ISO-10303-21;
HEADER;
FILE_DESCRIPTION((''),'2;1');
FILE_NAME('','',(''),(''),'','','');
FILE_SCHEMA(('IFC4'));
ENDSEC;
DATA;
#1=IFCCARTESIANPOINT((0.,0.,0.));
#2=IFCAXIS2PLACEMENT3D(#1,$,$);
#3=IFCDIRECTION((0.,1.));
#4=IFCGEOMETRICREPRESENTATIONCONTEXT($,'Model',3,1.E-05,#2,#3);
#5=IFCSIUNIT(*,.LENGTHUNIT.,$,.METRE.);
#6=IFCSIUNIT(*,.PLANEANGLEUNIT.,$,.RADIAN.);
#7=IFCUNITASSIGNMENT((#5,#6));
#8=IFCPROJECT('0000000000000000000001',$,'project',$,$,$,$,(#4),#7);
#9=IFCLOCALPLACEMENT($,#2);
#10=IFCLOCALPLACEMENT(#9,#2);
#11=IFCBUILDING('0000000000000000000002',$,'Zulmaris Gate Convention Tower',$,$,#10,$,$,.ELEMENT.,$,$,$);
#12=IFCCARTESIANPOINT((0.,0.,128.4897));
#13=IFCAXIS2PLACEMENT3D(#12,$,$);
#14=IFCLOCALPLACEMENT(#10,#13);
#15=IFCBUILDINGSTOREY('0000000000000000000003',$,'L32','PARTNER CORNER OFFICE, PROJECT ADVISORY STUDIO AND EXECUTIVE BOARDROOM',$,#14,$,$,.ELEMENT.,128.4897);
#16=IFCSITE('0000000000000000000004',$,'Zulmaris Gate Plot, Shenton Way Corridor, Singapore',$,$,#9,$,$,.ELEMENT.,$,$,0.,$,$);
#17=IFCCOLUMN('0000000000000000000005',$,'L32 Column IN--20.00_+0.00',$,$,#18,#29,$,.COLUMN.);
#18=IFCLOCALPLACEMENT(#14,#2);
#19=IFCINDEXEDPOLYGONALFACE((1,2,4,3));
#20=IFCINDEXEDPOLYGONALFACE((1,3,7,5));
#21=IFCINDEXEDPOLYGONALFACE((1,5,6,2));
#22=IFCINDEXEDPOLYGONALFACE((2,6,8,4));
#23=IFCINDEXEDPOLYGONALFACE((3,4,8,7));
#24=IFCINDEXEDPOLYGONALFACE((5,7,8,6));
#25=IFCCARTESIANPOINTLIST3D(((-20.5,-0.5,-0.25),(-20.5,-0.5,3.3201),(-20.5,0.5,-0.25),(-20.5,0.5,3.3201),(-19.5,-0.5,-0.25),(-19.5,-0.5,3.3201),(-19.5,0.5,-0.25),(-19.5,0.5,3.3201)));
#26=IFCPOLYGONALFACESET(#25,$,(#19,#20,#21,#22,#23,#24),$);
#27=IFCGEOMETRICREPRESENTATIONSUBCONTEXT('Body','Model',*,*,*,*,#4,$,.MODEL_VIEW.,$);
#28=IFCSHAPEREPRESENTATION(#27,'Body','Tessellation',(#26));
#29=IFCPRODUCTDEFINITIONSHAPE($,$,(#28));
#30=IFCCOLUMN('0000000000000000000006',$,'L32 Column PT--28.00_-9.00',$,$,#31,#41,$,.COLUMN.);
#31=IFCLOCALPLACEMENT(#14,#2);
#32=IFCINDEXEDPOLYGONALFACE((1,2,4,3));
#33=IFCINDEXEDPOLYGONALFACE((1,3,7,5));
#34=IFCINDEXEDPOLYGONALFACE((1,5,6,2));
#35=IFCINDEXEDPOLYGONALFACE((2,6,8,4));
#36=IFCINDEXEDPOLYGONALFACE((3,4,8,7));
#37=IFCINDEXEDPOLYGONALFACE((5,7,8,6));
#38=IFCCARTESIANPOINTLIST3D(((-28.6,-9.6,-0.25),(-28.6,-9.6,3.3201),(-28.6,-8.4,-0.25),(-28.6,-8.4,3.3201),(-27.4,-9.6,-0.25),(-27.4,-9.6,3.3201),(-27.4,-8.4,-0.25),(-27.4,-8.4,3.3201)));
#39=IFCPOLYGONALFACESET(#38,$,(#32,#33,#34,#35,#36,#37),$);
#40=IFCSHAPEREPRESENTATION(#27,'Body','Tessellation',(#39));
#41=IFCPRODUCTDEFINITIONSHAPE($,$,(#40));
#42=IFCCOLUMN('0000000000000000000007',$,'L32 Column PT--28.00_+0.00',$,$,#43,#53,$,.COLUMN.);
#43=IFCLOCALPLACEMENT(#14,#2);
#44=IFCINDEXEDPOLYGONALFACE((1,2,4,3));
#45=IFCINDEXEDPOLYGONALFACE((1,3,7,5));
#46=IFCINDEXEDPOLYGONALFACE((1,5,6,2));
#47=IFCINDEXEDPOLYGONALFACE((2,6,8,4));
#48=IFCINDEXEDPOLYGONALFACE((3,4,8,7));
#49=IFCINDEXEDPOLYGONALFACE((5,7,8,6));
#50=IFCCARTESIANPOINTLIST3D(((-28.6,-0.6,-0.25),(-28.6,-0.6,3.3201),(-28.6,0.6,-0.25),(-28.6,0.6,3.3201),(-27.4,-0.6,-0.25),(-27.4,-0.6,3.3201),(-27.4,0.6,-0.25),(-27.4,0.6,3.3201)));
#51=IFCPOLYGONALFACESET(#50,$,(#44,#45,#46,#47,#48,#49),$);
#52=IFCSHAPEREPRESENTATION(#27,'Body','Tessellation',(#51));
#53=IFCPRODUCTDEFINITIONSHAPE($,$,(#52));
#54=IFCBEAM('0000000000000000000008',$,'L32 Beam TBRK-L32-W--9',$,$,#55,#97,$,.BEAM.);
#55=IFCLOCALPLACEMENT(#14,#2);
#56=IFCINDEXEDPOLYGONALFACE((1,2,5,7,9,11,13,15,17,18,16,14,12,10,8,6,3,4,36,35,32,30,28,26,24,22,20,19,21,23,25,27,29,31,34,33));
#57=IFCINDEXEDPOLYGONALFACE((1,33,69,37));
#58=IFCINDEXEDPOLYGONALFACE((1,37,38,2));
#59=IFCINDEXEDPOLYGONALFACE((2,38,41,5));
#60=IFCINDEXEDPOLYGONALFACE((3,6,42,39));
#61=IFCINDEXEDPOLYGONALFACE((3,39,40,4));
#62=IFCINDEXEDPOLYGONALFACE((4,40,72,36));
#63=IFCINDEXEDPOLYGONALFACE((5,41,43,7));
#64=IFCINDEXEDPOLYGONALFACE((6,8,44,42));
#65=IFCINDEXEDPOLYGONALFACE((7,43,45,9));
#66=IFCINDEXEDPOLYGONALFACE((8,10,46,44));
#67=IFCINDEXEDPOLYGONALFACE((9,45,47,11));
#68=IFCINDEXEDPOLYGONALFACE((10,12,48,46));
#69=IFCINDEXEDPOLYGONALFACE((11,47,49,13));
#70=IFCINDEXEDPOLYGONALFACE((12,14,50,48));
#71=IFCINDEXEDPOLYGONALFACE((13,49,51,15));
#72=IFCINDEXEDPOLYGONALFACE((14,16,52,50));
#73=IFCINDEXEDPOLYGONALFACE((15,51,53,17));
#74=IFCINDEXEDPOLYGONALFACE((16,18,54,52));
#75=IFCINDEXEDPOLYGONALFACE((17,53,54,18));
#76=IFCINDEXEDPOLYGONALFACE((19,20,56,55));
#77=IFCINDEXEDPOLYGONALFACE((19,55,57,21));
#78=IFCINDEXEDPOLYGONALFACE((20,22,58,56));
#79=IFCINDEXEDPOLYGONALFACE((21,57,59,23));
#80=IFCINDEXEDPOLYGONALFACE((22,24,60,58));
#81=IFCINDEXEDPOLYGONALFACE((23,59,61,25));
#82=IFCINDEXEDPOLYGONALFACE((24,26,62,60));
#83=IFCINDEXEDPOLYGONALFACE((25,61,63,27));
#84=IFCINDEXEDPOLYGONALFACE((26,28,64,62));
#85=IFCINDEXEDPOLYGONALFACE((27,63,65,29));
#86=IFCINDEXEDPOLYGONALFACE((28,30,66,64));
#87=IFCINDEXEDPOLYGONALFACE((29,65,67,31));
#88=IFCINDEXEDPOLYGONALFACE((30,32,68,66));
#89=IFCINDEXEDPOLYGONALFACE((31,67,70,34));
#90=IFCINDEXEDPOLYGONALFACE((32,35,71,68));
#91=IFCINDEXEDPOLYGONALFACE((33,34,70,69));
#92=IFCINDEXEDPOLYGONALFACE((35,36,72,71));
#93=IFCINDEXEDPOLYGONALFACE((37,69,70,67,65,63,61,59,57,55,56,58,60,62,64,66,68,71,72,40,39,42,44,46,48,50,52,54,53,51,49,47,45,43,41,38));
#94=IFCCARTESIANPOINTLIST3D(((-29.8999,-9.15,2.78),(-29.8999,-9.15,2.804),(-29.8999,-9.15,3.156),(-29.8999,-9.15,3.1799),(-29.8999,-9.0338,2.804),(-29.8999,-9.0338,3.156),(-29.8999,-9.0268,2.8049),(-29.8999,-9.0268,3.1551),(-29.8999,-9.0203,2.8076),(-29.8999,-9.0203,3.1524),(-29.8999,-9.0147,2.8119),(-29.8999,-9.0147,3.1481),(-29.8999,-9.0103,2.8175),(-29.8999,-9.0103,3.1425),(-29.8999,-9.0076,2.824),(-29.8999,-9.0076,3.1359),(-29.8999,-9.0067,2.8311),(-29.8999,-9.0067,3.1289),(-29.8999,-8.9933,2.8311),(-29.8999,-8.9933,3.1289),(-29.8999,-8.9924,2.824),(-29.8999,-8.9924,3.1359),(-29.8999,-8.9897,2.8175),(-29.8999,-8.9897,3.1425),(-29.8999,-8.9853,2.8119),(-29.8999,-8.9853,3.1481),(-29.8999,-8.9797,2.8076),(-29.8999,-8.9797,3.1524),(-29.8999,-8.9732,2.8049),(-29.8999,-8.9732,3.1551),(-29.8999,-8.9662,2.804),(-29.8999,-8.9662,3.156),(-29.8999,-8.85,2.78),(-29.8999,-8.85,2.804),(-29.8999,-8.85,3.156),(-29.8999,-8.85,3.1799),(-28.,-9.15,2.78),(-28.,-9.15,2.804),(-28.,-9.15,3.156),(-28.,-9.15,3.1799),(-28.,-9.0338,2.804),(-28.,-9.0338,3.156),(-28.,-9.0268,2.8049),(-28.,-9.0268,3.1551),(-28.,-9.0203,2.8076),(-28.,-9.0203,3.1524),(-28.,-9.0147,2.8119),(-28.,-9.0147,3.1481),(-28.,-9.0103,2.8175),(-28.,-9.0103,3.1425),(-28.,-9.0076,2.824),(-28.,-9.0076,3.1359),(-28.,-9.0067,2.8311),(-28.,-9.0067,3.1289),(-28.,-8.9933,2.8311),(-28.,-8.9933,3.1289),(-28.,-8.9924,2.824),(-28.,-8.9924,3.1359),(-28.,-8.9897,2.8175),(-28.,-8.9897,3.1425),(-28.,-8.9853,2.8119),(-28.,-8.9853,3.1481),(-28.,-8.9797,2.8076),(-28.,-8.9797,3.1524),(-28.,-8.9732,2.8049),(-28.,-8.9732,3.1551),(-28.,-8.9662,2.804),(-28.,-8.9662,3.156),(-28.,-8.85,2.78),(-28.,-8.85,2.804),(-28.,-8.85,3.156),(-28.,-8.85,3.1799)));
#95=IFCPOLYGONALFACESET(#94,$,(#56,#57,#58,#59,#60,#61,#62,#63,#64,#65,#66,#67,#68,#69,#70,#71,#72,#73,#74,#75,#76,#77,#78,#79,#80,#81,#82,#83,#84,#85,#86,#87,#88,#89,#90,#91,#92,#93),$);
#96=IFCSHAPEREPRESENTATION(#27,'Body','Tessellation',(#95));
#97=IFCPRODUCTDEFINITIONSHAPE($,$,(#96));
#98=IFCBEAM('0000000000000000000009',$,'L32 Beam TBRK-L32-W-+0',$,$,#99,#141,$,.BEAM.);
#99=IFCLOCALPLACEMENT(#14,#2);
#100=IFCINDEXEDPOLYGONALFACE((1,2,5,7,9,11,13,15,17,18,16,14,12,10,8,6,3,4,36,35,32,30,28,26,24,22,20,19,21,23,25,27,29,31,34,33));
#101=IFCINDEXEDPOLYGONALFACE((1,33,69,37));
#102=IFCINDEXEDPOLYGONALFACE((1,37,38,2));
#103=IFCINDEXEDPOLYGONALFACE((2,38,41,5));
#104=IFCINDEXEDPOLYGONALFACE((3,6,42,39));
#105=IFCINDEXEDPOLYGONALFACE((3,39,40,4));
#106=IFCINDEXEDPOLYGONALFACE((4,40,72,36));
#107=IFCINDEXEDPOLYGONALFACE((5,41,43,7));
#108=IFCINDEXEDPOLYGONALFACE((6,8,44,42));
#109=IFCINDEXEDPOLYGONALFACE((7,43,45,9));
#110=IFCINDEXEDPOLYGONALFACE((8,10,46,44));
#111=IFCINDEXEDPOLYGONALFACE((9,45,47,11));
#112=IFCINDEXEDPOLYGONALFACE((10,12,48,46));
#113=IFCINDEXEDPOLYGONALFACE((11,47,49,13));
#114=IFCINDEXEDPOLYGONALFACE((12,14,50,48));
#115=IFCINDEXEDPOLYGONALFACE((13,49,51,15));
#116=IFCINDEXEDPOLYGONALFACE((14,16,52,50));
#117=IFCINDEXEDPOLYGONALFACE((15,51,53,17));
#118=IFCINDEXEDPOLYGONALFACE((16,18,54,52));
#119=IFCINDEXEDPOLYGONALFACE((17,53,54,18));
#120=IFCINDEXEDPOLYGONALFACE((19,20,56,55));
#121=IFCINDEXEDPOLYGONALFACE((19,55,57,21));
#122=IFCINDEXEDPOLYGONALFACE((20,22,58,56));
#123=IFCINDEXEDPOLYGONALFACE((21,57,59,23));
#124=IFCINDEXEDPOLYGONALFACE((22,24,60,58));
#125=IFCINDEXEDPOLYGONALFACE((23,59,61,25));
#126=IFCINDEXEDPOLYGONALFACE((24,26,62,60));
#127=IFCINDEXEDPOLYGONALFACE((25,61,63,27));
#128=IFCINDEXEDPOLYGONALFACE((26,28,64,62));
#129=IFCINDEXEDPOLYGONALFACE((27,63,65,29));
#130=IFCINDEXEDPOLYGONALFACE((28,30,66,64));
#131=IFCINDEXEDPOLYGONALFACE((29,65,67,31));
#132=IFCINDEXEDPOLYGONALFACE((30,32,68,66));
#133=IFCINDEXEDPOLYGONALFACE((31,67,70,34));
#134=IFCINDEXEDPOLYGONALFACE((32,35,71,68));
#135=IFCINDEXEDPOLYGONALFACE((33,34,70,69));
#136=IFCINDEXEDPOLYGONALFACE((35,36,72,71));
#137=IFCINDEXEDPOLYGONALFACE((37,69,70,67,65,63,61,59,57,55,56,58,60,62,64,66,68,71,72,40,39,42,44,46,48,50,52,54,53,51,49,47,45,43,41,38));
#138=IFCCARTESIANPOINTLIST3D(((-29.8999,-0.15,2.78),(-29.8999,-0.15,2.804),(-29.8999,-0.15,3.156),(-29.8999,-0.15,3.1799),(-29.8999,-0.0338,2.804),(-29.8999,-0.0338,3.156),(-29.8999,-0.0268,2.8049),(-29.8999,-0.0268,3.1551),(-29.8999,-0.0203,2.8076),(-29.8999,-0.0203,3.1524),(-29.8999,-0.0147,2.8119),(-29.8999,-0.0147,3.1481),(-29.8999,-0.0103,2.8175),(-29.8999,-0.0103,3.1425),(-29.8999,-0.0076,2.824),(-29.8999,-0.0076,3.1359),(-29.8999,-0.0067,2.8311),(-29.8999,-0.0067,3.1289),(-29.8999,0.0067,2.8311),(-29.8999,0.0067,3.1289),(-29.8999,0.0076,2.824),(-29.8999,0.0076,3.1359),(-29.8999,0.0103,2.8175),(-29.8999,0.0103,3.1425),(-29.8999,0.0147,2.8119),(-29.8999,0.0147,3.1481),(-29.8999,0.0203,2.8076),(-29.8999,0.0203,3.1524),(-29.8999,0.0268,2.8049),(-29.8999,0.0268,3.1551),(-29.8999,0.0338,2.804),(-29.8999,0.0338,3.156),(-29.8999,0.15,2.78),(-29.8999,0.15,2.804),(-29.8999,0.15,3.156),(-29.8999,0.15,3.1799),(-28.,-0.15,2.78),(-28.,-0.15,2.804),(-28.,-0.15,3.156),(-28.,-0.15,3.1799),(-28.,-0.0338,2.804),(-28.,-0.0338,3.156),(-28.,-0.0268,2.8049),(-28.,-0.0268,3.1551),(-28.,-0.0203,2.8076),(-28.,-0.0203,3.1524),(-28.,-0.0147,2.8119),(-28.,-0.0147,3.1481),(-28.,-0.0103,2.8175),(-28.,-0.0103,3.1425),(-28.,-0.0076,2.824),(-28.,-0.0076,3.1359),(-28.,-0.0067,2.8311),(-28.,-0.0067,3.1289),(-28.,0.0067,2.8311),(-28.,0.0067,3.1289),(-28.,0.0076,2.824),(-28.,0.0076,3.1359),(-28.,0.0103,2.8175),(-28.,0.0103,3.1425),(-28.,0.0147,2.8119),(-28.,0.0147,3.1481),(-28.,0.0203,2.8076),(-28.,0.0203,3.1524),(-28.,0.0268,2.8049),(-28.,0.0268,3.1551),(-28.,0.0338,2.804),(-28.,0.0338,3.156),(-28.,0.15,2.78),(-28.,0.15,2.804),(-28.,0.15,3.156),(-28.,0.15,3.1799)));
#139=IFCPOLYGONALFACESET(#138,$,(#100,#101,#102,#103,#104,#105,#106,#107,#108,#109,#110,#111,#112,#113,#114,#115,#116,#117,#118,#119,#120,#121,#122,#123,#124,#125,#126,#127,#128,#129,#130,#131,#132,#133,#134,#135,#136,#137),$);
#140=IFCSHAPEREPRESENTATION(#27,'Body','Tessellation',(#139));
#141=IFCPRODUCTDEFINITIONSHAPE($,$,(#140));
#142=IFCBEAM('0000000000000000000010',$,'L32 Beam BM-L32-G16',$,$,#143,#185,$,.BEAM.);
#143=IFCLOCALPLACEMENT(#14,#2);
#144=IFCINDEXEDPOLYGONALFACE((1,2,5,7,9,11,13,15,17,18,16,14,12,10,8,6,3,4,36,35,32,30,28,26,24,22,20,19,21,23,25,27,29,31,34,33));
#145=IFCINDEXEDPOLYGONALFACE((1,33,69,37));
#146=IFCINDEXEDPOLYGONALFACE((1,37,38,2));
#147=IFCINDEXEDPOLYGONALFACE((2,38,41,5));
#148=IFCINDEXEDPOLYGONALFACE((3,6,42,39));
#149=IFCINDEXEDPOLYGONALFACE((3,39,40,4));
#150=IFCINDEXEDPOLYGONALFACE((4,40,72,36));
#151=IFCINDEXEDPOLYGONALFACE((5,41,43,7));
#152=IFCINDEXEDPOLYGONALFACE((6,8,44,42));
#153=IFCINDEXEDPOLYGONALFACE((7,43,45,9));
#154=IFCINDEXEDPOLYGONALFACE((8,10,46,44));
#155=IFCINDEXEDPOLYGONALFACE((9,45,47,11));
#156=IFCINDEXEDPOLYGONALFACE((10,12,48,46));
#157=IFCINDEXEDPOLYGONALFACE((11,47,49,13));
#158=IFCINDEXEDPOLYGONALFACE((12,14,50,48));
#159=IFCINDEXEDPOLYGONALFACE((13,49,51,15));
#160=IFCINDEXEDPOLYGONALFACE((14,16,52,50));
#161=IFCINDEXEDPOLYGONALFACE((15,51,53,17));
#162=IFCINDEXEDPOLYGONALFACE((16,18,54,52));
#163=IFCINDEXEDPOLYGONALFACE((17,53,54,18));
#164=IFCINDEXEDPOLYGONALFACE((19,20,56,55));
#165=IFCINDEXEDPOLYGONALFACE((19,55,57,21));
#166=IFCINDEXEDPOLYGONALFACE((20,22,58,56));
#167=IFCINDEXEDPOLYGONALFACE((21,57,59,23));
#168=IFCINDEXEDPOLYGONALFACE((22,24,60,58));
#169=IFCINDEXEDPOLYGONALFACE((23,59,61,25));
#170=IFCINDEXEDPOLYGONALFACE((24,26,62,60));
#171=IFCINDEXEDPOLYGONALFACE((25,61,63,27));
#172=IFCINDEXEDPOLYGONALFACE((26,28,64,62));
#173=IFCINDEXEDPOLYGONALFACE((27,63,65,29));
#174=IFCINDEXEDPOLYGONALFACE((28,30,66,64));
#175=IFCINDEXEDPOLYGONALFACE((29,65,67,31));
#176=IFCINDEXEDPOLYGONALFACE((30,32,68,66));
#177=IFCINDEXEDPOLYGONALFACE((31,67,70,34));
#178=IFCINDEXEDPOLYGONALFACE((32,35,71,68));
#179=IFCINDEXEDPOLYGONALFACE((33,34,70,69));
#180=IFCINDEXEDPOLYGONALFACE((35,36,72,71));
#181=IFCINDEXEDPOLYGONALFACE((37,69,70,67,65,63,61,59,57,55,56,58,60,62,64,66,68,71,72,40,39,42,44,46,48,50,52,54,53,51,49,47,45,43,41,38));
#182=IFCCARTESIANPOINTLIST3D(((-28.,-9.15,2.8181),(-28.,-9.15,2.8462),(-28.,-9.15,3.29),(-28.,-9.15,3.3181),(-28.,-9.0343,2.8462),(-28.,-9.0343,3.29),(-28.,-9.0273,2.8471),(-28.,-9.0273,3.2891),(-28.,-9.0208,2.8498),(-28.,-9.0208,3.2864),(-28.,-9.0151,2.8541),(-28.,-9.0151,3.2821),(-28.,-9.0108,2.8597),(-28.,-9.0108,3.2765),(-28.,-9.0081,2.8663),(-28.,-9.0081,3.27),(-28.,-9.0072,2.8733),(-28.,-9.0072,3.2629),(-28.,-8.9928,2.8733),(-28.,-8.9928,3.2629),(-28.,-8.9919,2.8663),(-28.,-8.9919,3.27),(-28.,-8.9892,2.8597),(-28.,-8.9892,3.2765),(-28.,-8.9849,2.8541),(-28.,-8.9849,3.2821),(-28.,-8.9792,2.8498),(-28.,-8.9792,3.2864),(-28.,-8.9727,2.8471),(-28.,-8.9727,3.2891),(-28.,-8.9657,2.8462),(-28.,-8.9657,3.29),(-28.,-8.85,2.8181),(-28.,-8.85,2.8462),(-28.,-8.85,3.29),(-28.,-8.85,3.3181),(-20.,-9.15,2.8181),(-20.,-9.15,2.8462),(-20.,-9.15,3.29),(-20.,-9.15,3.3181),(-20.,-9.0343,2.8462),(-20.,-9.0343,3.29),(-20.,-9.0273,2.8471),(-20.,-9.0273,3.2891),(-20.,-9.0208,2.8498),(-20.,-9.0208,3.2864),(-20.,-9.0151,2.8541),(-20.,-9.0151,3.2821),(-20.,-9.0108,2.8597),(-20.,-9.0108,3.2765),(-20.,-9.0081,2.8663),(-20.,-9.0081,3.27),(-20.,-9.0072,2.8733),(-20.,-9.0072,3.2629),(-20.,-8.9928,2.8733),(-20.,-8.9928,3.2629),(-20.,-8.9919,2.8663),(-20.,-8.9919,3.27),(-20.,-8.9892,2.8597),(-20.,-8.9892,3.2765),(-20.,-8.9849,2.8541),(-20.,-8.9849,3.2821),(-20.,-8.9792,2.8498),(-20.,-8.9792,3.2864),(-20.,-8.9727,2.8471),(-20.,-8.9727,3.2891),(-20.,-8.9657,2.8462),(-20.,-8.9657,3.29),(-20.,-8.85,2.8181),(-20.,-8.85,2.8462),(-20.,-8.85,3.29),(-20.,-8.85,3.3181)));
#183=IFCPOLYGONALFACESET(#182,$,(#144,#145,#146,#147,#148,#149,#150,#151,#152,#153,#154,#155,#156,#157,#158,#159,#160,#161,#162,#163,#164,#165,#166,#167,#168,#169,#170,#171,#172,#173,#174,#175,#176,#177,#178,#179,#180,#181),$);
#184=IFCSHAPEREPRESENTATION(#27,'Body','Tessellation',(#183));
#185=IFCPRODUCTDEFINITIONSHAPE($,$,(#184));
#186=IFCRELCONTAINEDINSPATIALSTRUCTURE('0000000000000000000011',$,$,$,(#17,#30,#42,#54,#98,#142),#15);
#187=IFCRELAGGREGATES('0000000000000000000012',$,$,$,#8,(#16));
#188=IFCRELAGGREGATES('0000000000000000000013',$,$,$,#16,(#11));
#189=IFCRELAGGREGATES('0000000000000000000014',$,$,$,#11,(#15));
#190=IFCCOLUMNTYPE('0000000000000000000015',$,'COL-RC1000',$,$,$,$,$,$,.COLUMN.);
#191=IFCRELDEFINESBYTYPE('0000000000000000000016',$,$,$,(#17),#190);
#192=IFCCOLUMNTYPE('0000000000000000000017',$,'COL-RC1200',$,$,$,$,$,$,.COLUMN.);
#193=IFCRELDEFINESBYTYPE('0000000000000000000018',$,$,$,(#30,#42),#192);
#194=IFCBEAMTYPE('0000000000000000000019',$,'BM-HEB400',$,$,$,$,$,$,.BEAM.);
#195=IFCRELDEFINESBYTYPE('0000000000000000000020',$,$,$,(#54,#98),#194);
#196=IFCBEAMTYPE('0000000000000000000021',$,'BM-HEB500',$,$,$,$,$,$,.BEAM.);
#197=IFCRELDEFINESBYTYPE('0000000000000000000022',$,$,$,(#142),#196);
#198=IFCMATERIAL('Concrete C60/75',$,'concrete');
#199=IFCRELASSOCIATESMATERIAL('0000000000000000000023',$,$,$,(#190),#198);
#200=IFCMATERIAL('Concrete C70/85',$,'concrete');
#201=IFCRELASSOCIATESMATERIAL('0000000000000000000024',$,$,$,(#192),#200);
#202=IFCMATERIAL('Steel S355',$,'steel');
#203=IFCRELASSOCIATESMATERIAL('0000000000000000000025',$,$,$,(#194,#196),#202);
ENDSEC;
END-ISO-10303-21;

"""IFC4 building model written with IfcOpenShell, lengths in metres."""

from ifc_helpers import new_model, si_unit, direction, frame, origin, origin_2d, place, context, subcontext, project, spatial, rectangle, i_section, extrude, material, material_profile, profile_set, type_object, element, save


model = new_model("IFC4")

# Units and contexts
model_context = context("Model", 3, precision=1e-05, world=origin(), true_north=direction((0.0, 1.0)))
body_context = subcontext(model_context, "Body", "Model", "MODEL_VIEW")
ifc_project = project(units=[si_unit("LENGTHUNIT", "METRE"), si_unit("PLANEANGLEUNIT", "RADIAN")], contexts=[model_context])

# Site, building, storey
site_placement = place(None, origin())
site = spatial("IfcSite", under=ifc_project, at=site_placement, Name="Zulmaris Gate Plot, Shenton Way Corridor, Singapore", CompositionType="ELEMENT", RefElevation=0.0)
building_placement = place(site_placement, origin())
building = spatial("IfcBuilding", under=site, at=building_placement, Name="Zulmaris Gate Convention Tower", CompositionType="ELEMENT")
storey_placement = place(building_placement, frame((0.0, 0.0, 128.4897)))
storey = spatial("IfcBuildingStorey", under=building, at=storey_placement, Name="L32", Description="PARTNER CORNER OFFICE, PROJECT ADVISORY STUDIO AND EXECUTIVE BOARDROOM", CompositionType="ELEMENT", Elevation=128.4897)

# Columns
ifc_material_1 = material(Name="Concrete C60/75", Category="concrete")
ifc_material_profile_1 = material_profile(ifc_material_1, rectangle(XDim=1.0, YDim=1.0, at=origin_2d()), Name="RC COL 1000x1000")
ifc_profile_set_1 = profile_set([ifc_material_profile_1], Name="Concrete C60/75")
column_type_1 = type_object("IfcColumnType", Name="COL-RC1000", PredefinedType="COLUMN", material=ifc_profile_set_1)
column_placement = place(storey_placement, frame((-20.0, 0.0, -0.25), z_axis=(0.0, 0.0, 1.0), x_axis=(1.0, 0.0, 0.0)))
element("IfcColumn", 1, at=column_placement, inside=storey, type_object=column_type_1, Name="L32 Column IN--20.00_+0.00", PredefinedType="COLUMN", context=body_context, shape_type="SweptSolid", body=[
    extrude(rectangle(XDim=1.0, YDim=1.0, at=origin_2d()), origin(), (0.0, 0.0, 1.0), 3.5701),
])
ifc_material_2 = material(Name="Concrete C70/85", Category="concrete")
ifc_material_profile_2 = material_profile(ifc_material_2, rectangle(XDim=1.2, YDim=1.2, at=origin_2d()), Name="RC COL 1200x1200")
ifc_profile_set_2 = profile_set([ifc_material_profile_2], Name="Concrete C70/85")
column_type_2 = type_object("IfcColumnType", Name="COL-RC1200", PredefinedType="COLUMN", material=ifc_profile_set_2)
for number, where, z_axis, x_axis, name in (
    (2, (-28.0, -9.0, -0.25), (0.0, 0.0, 1.0), (1.0, 0.0, 0.0), "L32 Column PT--28.00_-9.00"),
    (3, (-28.0, 0.0, -0.25), (0.0, 0.0, 1.0), (1.0, 0.0, 0.0), "L32 Column PT--28.00_+0.00"),
):
    element("IfcColumn", number, at=place(storey_placement, frame(where, z_axis=z_axis, x_axis=x_axis)), inside=storey, type_object=column_type_2, Name=name, PredefinedType="COLUMN", context=body_context, shape_type="SweptSolid", body=[
        extrude(rectangle(XDim=1.2, YDim=1.2, at=origin_2d()), origin(), (0.0, 0.0, 1.0), 3.5701),
    ])

# Beams
ifc_material_3 = material(Name="Steel S355", Category="steel")
ifc_material_profile_3 = material_profile(ifc_material_3, i_section(OverallWidth=0.3, OverallDepth=0.3999, WebThickness=0.0134, FlangeThickness=0.0239, FilletRadius=0.0271, at=origin_2d()), Name="HEB 400")
ifc_profile_set_3 = profile_set([ifc_material_profile_3], Name="Steel S355")
beam_type_1 = type_object("IfcBeamType", Name="BM-HEB400", PredefinedType="BEAM", material=ifc_profile_set_3)
for number, where, z_axis, x_axis, name in (
    (4, (-29.8999, -9.0, 2.98), (1.0, 0.0, 0.0), (0.0, 1.0, 0.0), "L32 Beam TBRK-L32-W--9"),
    (5, (-29.8999, 0.0, 2.98), (1.0, 0.0, 0.0), (0.0, 1.0, 0.0), "L32 Beam TBRK-L32-W-+0"),
):
    element("IfcBeam", number, at=place(storey_placement, frame(where, z_axis=z_axis, x_axis=x_axis)), inside=storey, type_object=beam_type_1, Name=name, PredefinedType="BEAM", context=body_context, shape_type="SweptSolid", body=[
        extrude(i_section(OverallWidth=0.3, OverallDepth=0.3999, WebThickness=0.0134, FlangeThickness=0.0239, FilletRadius=0.0271, at=origin_2d()), origin(), (0.0, 0.0, 1.0), 1.8999),
    ])
ifc_material_profile_4 = material_profile(ifc_material_3, i_section(OverallWidth=0.3, OverallDepth=0.5, WebThickness=0.0144, FlangeThickness=0.0281, FilletRadius=0.0271, at=origin_2d()), Name="HEB 500")
ifc_profile_set_4 = profile_set([ifc_material_profile_4], Name="Steel S355")
beam_type_2 = type_object("IfcBeamType", Name="BM-HEB500", PredefinedType="BEAM", material=ifc_profile_set_4)
for number, where, z_axis, x_axis, name in (
    (6, (-28.0, -9.0, 3.0681), (1.0, 0.0, 0.0), (0.0, 1.0, 0.0), "L32 Beam BM-L32-G16"),
):
    element("IfcBeam", number, at=place(storey_placement, frame(where, z_axis=z_axis, x_axis=x_axis)), inside=storey, type_object=beam_type_2, Name=name, PredefinedType="BEAM", context=body_context, shape_type="SweptSolid", body=[
        extrude(i_section(OverallWidth=0.3, OverallDepth=0.5, WebThickness=0.0144, FlangeThickness=0.0281, FilletRadius=0.0271, at=origin_2d()), origin(), (0.0, 0.0, 1.0), 8.0),
    ])

save(model, "model.ifc")
